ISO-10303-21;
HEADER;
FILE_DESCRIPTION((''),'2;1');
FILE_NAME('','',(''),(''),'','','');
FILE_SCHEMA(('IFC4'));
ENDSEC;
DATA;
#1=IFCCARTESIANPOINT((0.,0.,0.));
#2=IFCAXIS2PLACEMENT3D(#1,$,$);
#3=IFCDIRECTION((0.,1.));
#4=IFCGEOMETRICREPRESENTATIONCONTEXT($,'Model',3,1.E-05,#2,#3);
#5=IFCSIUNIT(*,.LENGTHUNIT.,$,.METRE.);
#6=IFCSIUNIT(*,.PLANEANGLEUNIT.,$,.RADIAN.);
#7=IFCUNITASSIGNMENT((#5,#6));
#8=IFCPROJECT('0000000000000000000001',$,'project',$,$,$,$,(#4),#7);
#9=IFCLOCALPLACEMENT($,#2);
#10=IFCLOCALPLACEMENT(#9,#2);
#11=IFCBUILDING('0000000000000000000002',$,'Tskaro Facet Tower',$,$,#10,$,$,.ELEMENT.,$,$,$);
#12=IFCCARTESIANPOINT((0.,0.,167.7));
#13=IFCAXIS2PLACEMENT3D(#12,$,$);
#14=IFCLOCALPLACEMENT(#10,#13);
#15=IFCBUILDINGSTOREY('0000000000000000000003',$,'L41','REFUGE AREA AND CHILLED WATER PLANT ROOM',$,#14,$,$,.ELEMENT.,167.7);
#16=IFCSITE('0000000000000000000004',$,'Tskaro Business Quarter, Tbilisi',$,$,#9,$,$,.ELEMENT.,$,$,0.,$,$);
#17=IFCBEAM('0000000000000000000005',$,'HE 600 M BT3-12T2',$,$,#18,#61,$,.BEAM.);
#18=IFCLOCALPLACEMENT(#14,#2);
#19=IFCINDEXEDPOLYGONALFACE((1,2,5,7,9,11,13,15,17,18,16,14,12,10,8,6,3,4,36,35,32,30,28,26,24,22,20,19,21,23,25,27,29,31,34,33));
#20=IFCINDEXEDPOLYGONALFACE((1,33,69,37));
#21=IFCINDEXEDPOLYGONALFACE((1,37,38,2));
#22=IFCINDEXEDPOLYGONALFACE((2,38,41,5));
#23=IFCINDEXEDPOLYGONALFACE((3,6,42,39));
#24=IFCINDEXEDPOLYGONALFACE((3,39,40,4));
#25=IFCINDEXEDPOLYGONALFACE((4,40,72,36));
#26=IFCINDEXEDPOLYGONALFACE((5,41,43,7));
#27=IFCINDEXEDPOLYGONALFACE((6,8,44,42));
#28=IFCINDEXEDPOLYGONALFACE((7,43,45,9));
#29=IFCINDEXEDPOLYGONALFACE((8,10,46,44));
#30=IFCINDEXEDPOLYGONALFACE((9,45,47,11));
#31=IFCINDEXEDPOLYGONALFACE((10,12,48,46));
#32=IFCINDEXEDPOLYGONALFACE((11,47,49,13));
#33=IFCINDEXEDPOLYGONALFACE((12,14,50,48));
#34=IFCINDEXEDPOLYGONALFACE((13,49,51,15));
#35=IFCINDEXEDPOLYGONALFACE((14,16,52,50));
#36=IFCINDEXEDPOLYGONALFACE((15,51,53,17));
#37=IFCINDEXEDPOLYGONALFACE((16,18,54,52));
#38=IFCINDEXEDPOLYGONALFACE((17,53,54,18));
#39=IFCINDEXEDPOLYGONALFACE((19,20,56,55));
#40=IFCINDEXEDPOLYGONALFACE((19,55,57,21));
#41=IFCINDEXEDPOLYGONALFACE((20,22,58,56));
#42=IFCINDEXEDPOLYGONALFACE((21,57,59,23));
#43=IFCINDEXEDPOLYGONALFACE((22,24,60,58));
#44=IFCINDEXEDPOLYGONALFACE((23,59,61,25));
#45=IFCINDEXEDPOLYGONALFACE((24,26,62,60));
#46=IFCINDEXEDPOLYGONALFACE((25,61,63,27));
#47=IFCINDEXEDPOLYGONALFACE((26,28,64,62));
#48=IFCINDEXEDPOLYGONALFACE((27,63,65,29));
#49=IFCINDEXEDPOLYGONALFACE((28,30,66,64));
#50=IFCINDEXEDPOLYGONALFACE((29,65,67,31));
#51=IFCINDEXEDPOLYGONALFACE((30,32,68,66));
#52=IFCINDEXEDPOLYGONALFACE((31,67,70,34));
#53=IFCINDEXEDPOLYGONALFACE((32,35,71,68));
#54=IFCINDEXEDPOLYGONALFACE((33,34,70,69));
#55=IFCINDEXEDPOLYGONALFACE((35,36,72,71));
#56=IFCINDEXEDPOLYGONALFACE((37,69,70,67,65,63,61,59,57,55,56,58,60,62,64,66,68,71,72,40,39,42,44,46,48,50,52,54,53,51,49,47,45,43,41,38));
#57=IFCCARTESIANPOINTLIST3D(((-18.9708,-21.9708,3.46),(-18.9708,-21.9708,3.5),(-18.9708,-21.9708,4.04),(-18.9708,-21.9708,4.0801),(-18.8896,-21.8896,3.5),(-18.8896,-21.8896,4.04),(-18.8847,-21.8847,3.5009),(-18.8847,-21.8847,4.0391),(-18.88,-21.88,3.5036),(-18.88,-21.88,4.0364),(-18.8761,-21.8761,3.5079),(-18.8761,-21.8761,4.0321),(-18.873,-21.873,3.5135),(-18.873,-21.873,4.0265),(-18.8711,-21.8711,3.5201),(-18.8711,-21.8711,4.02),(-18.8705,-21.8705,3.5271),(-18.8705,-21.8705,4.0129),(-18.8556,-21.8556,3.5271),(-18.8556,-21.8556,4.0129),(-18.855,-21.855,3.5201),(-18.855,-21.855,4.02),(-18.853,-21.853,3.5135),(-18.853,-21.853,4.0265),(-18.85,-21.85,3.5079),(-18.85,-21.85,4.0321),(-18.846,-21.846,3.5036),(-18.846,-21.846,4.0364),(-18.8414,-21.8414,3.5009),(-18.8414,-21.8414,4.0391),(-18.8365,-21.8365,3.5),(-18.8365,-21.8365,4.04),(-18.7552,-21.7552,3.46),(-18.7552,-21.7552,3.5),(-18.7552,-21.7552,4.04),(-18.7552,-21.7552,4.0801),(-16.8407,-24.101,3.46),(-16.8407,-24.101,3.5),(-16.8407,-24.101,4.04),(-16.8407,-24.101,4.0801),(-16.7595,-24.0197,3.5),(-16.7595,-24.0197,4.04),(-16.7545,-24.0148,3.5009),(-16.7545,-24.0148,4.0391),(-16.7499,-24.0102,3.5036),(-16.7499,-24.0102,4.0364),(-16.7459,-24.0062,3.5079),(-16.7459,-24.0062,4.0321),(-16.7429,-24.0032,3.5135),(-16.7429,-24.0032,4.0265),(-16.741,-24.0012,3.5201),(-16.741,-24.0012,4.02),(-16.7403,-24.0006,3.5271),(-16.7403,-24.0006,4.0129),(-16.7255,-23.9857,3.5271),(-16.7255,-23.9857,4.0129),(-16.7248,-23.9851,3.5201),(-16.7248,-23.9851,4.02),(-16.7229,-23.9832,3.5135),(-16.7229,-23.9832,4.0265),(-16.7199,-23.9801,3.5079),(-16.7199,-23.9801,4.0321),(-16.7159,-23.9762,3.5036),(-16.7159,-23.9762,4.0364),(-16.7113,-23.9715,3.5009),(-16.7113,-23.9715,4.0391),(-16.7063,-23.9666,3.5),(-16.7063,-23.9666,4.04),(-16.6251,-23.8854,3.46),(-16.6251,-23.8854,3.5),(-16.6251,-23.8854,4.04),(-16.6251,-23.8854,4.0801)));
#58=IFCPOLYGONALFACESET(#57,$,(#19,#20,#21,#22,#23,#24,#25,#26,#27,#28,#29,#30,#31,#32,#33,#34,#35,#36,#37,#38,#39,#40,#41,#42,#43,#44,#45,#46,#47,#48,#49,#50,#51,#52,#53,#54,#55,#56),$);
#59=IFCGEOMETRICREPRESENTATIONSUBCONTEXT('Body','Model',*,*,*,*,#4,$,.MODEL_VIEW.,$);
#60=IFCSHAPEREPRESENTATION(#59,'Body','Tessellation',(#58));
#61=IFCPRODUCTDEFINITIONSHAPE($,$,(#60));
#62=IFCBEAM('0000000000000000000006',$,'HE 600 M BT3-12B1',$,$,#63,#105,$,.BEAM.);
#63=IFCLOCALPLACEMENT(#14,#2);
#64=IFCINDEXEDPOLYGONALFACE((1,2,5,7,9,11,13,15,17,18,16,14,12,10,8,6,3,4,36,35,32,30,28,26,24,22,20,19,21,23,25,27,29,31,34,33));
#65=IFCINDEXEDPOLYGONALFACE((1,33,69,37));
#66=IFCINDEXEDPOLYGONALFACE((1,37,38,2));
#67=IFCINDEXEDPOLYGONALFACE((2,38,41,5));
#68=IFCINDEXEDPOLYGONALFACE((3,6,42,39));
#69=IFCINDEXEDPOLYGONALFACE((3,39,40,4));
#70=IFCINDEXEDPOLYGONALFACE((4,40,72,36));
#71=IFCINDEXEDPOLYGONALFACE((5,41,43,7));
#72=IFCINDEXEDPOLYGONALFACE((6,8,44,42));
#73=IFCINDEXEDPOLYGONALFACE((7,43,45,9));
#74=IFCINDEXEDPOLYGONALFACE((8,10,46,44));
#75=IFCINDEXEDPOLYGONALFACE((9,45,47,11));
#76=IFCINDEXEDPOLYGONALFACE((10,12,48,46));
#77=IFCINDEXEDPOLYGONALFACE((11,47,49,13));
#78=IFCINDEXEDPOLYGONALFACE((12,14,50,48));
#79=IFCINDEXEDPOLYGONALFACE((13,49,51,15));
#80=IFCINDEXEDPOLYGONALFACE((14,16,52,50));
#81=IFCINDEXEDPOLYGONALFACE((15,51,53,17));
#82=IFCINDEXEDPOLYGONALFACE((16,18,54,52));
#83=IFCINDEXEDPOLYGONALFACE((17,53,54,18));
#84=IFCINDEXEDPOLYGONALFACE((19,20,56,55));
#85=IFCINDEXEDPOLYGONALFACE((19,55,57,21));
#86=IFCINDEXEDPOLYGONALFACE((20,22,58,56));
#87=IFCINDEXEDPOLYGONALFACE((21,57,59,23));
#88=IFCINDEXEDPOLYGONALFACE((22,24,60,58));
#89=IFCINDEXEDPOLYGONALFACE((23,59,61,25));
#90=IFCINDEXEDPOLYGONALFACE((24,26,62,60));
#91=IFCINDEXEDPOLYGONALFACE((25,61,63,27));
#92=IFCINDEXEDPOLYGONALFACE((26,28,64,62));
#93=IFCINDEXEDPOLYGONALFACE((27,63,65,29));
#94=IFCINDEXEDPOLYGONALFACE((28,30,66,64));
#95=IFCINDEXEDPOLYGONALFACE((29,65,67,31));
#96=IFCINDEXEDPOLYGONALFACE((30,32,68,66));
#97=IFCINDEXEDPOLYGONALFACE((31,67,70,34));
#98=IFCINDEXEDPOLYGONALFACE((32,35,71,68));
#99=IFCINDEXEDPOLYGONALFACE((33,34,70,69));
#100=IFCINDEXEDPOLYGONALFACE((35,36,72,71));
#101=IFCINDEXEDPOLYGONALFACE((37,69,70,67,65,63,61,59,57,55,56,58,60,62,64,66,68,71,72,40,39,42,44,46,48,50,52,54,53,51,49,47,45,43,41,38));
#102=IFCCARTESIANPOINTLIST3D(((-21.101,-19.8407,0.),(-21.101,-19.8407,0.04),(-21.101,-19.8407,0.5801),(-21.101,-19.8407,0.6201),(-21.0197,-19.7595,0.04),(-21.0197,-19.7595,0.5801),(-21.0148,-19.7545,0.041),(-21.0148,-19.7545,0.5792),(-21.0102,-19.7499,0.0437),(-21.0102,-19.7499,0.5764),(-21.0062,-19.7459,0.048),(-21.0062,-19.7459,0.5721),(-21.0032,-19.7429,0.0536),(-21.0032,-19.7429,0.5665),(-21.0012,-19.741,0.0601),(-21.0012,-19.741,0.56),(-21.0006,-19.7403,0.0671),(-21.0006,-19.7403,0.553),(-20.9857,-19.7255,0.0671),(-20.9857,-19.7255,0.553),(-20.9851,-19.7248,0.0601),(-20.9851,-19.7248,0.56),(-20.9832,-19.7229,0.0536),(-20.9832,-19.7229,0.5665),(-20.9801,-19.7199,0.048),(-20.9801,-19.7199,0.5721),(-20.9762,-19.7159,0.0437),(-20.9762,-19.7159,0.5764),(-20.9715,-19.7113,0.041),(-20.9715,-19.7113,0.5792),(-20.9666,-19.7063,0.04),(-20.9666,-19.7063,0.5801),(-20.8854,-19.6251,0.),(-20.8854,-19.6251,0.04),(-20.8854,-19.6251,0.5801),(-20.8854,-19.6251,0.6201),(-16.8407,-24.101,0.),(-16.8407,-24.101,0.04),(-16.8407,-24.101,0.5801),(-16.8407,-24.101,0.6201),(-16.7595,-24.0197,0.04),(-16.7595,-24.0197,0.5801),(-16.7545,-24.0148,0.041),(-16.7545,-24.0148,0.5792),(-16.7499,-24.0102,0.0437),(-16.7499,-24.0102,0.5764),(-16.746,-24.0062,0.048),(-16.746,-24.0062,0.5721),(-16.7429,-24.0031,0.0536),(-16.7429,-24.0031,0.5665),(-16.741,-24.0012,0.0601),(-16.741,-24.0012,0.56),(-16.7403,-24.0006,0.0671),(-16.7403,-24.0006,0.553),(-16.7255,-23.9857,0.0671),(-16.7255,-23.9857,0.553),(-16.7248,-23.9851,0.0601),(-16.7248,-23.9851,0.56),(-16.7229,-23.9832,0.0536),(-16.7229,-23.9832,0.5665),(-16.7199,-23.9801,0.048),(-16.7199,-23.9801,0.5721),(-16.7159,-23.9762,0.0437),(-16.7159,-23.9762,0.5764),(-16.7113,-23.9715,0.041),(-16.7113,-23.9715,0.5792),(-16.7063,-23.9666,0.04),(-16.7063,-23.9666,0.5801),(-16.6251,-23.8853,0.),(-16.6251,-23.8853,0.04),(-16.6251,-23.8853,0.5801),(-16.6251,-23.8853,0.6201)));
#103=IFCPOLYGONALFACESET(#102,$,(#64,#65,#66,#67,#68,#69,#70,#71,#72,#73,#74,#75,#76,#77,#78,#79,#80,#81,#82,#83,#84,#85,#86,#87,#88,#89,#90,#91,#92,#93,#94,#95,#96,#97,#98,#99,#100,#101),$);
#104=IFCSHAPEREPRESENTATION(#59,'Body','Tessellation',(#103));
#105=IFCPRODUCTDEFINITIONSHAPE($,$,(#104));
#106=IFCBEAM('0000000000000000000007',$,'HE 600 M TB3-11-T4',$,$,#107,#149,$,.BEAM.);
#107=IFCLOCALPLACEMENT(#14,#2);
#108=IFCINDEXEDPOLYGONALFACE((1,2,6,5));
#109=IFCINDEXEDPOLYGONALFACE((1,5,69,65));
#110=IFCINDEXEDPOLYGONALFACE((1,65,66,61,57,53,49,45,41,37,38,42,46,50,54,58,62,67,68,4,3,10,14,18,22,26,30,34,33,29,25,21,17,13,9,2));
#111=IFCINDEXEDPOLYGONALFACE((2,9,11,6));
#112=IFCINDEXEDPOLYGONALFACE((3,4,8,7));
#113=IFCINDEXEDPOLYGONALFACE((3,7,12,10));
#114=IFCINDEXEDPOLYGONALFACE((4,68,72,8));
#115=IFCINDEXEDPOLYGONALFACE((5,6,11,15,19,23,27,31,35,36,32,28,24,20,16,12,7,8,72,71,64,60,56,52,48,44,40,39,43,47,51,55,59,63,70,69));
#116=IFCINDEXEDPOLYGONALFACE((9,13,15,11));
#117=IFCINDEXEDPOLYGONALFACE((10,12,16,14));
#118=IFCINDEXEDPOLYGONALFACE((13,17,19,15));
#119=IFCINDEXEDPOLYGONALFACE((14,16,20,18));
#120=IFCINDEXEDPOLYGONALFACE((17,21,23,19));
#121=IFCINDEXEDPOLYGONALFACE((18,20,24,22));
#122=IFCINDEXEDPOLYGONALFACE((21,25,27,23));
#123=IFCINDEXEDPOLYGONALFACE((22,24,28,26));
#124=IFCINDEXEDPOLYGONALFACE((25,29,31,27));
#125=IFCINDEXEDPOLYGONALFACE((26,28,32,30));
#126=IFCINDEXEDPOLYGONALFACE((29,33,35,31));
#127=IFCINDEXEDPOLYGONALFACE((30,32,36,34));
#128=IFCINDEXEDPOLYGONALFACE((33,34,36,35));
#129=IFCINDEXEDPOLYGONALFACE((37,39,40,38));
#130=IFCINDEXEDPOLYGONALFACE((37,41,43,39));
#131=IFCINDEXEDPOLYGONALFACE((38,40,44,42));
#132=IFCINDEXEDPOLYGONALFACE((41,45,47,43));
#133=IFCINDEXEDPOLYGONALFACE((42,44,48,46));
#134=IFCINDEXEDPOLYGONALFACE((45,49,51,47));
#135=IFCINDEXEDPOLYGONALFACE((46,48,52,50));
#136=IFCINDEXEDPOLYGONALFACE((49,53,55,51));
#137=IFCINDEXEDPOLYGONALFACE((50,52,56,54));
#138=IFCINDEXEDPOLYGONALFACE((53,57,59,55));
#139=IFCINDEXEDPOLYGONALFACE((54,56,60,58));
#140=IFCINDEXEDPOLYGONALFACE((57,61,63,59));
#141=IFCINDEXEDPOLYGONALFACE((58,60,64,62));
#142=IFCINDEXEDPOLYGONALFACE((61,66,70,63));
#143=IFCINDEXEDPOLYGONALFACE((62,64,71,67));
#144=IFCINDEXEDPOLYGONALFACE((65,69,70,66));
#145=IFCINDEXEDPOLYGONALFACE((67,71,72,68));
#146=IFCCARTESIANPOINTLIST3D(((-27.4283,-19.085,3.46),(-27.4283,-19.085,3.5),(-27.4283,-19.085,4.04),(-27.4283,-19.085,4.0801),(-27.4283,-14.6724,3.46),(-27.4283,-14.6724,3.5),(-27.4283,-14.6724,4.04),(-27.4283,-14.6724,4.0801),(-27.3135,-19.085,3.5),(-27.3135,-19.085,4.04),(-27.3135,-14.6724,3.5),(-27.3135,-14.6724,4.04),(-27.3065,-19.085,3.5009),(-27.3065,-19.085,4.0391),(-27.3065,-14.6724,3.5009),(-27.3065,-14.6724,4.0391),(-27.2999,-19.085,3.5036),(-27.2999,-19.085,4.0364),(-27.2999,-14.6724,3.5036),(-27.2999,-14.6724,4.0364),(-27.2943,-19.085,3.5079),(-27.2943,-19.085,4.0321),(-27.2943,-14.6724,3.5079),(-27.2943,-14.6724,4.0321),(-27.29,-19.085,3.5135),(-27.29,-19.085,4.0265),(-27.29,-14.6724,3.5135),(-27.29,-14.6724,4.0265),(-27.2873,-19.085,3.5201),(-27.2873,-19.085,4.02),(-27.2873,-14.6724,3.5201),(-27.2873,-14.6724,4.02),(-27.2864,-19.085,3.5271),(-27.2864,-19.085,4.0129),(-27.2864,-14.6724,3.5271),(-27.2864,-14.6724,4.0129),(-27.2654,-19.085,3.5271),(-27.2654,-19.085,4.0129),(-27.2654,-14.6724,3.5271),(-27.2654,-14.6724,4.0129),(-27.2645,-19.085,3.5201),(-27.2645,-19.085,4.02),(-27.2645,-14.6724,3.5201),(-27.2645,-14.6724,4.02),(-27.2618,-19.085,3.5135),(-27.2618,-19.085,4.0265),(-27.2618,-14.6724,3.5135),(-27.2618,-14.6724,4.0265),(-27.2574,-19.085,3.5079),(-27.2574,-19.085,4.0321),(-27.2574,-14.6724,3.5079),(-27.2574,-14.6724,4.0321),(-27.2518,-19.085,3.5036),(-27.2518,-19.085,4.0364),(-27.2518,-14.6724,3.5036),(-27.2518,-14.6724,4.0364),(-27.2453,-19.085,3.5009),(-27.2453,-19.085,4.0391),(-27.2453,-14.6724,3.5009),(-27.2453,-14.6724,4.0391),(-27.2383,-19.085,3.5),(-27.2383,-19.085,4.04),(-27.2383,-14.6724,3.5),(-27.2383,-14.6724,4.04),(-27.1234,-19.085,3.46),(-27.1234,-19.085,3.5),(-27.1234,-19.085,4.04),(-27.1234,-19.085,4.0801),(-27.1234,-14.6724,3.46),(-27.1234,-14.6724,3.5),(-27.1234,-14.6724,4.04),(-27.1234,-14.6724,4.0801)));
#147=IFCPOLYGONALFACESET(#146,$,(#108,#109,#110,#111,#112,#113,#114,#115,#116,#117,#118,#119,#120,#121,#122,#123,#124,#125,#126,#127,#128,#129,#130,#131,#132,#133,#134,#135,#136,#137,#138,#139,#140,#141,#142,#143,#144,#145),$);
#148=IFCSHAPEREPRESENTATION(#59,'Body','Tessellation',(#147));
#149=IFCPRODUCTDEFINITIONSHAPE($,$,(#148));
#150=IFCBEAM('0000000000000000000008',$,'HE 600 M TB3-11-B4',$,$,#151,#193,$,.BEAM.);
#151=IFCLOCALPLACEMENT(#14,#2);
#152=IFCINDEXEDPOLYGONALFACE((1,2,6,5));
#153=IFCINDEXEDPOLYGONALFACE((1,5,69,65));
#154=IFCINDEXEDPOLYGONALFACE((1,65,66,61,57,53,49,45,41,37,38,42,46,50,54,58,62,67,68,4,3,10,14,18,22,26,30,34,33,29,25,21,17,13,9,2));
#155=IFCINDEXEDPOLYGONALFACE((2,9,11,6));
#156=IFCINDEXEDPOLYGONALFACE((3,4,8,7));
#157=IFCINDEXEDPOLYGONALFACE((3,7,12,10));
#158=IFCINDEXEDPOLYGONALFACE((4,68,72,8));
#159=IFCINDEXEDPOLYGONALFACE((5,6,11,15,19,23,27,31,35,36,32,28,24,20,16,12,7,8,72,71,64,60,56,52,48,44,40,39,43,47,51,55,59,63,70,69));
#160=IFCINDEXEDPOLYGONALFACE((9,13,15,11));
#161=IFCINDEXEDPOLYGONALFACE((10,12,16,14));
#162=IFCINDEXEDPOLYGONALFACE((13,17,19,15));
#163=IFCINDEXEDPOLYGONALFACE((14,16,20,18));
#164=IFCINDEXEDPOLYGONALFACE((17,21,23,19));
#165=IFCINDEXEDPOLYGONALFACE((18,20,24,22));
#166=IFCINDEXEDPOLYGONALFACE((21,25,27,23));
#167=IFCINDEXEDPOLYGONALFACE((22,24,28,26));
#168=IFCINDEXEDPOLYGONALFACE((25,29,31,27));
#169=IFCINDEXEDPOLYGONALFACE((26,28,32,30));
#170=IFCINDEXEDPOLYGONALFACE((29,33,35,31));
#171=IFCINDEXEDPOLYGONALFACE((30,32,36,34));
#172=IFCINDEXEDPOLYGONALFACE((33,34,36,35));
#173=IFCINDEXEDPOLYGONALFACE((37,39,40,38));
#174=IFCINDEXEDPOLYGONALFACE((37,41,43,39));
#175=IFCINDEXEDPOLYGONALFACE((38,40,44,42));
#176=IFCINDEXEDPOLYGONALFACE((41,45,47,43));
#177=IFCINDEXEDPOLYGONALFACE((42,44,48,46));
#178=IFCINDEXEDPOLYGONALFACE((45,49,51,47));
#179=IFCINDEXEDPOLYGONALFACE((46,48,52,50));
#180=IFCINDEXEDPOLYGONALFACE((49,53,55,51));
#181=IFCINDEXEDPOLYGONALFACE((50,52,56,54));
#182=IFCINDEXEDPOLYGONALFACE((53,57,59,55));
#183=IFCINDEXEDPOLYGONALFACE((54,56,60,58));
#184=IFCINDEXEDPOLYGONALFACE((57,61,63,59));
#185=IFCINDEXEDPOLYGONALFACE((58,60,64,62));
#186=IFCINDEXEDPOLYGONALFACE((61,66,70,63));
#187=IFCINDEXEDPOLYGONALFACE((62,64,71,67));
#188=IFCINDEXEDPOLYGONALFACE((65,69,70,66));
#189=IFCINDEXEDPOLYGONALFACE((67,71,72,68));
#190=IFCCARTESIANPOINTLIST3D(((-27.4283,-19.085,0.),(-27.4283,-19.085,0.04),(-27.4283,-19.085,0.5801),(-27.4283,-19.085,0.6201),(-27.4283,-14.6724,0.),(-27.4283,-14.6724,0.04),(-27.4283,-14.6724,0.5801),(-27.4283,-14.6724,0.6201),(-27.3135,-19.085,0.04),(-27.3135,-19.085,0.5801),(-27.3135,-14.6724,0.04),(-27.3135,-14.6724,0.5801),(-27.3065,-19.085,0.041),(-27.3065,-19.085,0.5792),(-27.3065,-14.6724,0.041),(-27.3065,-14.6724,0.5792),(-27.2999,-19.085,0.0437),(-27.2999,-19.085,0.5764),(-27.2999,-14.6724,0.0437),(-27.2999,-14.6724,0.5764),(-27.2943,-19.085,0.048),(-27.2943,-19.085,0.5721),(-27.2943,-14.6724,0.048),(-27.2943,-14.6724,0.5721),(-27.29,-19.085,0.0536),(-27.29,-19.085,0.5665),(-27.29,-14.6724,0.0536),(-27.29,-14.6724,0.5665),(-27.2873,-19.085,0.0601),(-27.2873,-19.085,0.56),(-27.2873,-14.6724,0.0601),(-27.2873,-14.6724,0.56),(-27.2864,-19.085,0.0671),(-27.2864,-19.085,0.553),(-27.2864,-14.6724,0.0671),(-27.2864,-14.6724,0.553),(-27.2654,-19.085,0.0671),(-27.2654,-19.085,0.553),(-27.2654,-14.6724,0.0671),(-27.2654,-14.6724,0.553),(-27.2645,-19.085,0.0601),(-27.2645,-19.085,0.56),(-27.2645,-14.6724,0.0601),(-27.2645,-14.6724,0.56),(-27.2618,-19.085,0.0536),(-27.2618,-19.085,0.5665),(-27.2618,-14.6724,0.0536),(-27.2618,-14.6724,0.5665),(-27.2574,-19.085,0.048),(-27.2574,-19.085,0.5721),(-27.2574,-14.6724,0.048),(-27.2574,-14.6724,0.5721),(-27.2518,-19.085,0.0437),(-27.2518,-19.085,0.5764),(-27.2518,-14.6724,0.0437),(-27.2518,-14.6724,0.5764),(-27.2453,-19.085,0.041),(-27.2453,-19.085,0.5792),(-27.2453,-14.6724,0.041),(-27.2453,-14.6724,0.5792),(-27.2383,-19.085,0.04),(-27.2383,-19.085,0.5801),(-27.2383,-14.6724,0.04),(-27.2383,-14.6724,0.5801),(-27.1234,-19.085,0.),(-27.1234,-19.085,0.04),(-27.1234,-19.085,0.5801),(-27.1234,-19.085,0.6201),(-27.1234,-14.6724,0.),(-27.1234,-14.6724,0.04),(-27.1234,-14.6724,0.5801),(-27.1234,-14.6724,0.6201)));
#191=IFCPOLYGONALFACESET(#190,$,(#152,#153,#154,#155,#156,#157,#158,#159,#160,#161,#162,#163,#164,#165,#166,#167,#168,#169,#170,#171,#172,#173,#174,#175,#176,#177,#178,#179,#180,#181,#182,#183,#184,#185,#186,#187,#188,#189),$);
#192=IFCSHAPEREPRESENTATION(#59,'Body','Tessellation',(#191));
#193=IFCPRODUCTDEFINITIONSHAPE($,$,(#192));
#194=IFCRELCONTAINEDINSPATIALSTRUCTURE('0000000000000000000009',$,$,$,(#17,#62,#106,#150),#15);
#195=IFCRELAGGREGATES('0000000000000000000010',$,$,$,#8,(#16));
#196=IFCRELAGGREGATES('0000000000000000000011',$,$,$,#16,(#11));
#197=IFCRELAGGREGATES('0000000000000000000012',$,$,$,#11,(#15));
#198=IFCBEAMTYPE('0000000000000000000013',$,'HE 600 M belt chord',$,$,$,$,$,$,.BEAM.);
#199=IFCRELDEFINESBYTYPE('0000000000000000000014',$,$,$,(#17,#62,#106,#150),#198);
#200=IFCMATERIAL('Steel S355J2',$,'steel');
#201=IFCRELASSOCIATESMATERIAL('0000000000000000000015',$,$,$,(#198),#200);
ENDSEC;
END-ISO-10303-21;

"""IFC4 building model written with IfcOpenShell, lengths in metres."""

from ifc_helpers import new_model, si_unit, direction, frame, origin, origin_2d, place, context, subcontext, project, spatial, i_section, extrude, material, material_profile, profile_set, type_object, element, save


model = new_model("IFC4")

# Units and contexts
model_context = context("Model", 3, precision=1e-05, world=origin(), true_north=direction((0.0, 1.0)))
body_context = subcontext(model_context, "Body", "Model", "MODEL_VIEW")
ifc_project = project(units=[si_unit("LENGTHUNIT", "METRE"), si_unit("PLANEANGLEUNIT", "RADIAN")], contexts=[model_context])

# Site, building, storey
site_placement = place(None, origin())
site = spatial("IfcSite", under=ifc_project, at=site_placement, Name="Tskaro Business Quarter, Tbilisi", CompositionType="ELEMENT", RefElevation=0.0)
building_placement = place(site_placement, origin())
building = spatial("IfcBuilding", under=site, at=building_placement, Name="Tskaro Facet Tower", CompositionType="ELEMENT")
storey_placement = place(building_placement, frame((0.0, 0.0, 167.7)))
storey = spatial("IfcBuildingStorey", under=building, at=storey_placement, Name="L41", Description="REFUGE AREA AND CHILLED WATER PLANT ROOM", CompositionType="ELEMENT", Elevation=167.7)

# Shared definitions
ifc_material_1 = material(Name="Steel S355J2", Category="steel")

# Beams
ifc_material_profile_1 = material_profile(ifc_material_1, i_section(OverallWidth=0.3049, OverallDepth=0.6201, WebThickness=0.021, FlangeThickness=0.04, FilletRadius=0.0271, at=origin_2d()), Name="HE 600 M")
ifc_profile_set_1 = profile_set([ifc_material_profile_1], Name="Steel S355J2")
beam_type_1 = type_object("IfcBeamType", Name="HE 600 M belt chord", PredefinedType="BEAM", material=ifc_profile_set_1)
for number, where, z_axis, x_axis, name in (
    (1, (-18.863, -21.863, 3.77), (0.707107, -0.707107, 0.0), (0.707107, 0.707107, 0.0), "HE 600 M BT3-12T2"),
):
    element("IfcBeam", number, at=place(storey_placement, frame(where, z_axis=z_axis, x_axis=x_axis)), inside=storey, type_object=beam_type_1, Name=name, PredefinedType="BEAM", context=body_context, shape_type="SweptSolid", body=[
        extrude(i_section(OverallWidth=0.3049, OverallDepth=0.6201, WebThickness=0.021, FlangeThickness=0.04, FilletRadius=0.0271, at=origin_2d()), origin(), (0.0, 0.0, 1.0), 3.0125),
    ])
beam_1_placement = place(storey_placement, frame((-20.9932, -19.7329, 0.3101), z_axis=(0.707107, -0.707107, 0.0), x_axis=(0.707107, 0.707107, 0.0)))
element("IfcBeam", 2, at=beam_1_placement, inside=storey, type_object=beam_type_1, Name="HE 600 M BT3-12B1", PredefinedType="BEAM", context=body_context, shape_type="SweptSolid", body=[
    extrude(i_section(OverallWidth=0.3049, OverallDepth=0.6201, WebThickness=0.021, FlangeThickness=0.04, FilletRadius=0.0271, at=origin_2d()), origin(), (0.0, 0.0, 1.0), 6.0249),
])
for number, where, z_axis, x_axis, name in (
    (3, (-27.2759, -14.6724, 3.77), (0.0, -1.0, 0.0), (1.0, 0.0, 0.0), "HE 600 M TB3-11-T4"),
    (4, (-27.2759, -14.6724, 0.3101), (0.0, -1.0, 0.0), (1.0, 0.0, 0.0), "HE 600 M TB3-11-B4"),
):
    element("IfcBeam", number, at=place(storey_placement, frame(where, z_axis=z_axis, x_axis=x_axis)), inside=storey, type_object=beam_type_1, Name=name, PredefinedType="BEAM", context=body_context, shape_type="SweptSolid", body=[
        extrude(i_section(OverallWidth=0.3049, OverallDepth=0.6201, WebThickness=0.021, FlangeThickness=0.04, FilletRadius=0.0271, at=origin_2d()), origin(), (0.0, 0.0, 1.0), 4.4126),
    ])

save(model, "model.ifc")
